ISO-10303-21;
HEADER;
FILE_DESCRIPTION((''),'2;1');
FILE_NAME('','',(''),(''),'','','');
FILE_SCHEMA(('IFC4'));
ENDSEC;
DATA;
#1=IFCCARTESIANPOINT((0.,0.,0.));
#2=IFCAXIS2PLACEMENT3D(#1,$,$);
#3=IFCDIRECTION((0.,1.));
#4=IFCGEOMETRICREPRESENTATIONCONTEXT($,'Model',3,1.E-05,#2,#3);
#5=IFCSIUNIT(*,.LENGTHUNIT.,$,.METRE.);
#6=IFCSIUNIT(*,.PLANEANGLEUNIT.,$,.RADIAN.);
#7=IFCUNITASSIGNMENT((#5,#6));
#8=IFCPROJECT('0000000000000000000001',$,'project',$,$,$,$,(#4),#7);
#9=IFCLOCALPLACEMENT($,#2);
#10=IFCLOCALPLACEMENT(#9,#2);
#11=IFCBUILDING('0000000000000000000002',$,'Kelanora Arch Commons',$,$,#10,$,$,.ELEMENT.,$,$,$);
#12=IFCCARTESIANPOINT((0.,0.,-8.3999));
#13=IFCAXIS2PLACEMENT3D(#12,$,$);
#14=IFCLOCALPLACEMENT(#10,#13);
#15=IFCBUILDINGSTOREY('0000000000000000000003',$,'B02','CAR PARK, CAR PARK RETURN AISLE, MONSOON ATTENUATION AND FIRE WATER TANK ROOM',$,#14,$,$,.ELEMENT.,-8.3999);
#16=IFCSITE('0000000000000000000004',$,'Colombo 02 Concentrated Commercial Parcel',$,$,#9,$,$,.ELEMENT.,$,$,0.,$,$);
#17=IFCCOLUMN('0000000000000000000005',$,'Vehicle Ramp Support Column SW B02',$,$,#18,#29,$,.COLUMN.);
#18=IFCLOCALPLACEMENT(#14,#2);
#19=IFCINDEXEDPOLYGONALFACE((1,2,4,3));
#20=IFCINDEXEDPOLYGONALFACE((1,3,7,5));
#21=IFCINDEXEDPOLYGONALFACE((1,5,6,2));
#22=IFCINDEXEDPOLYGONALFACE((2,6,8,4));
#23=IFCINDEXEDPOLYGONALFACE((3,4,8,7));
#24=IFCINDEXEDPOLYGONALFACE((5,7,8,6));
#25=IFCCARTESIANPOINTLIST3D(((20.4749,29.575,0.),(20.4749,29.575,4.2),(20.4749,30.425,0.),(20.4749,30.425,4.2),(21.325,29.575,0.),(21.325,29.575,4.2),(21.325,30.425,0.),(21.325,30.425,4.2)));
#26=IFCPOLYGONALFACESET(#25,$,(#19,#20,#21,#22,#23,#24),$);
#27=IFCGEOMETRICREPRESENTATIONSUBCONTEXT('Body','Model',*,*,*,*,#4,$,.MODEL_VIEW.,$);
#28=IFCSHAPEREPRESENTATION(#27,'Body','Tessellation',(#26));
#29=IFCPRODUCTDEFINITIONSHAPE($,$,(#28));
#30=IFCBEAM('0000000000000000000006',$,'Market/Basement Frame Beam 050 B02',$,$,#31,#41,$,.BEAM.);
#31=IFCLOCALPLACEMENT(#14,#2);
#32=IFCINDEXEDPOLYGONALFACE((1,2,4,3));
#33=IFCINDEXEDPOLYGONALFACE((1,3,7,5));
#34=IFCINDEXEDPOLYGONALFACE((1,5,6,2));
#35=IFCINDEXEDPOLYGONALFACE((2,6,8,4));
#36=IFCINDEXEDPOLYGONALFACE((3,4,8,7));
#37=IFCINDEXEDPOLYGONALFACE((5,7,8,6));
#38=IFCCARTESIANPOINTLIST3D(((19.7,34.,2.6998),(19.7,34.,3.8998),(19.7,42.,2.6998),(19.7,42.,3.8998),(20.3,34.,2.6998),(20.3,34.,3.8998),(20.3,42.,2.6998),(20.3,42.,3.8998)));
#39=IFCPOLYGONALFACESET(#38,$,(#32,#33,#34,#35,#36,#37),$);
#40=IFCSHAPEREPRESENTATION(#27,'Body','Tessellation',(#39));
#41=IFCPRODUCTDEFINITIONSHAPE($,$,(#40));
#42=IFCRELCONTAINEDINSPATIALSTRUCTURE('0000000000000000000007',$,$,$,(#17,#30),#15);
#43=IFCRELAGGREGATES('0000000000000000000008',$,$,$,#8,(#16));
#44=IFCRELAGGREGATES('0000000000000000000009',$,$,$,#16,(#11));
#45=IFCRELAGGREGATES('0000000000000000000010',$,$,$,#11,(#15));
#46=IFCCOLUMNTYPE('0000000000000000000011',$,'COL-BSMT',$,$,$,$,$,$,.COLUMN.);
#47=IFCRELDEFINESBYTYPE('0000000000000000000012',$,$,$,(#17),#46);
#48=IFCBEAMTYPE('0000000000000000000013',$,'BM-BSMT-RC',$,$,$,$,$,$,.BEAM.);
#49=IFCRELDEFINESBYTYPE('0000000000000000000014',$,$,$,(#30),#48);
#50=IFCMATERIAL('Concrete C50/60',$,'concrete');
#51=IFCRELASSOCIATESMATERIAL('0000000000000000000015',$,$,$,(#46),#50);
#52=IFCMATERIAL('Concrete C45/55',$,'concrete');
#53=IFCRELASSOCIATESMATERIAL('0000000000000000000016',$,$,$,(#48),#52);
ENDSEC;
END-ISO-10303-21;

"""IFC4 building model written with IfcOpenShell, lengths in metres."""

from ifc_helpers import new_model, si_unit, direction, frame, origin, origin_2d, place, context, subcontext, project, spatial, rectangle, extrude, material, material_profile, profile_set, type_object, element, save


model = new_model("IFC4")

# Units and contexts
model_context = context("Model", 3, precision=1e-05, world=origin(), true_north=direction((0.0, 1.0)))
body_context = subcontext(model_context, "Body", "Model", "MODEL_VIEW")
ifc_project = project(units=[si_unit("LENGTHUNIT", "METRE"), si_unit("PLANEANGLEUNIT", "RADIAN")], contexts=[model_context])

# Site, building, storey
site_placement = place(None, origin())
site = spatial("IfcSite", under=ifc_project, at=site_placement, Name="Colombo 02 Concentrated Commercial Parcel", CompositionType="ELEMENT", RefElevation=0.0)
building_placement = place(site_placement, origin())
building = spatial("IfcBuilding", under=site, at=building_placement, Name="Kelanora Arch Commons", CompositionType="ELEMENT")
storey_placement = place(building_placement, frame((0.0, 0.0, -8.3999)))
storey = spatial("IfcBuildingStorey", under=building, at=storey_placement, Name="B02", Description="CAR PARK, CAR PARK RETURN AISLE, MONSOON ATTENUATION AND FIRE WATER TANK ROOM", CompositionType="ELEMENT", Elevation=-8.3999)

# Shared definitions
ifc_material_1 = material(Name="Concrete C45/55", Category="concrete")

# Column
ifc_material_2 = material(Name="Concrete C50/60", Category="concrete")
ifc_material_profile_1 = material_profile(ifc_material_2, rectangle(XDim=0.8501, YDim=0.8501, at=origin_2d()), Name="RC850x850")
ifc_profile_set_1 = profile_set([ifc_material_profile_1], Name="Concrete C50/60")
column_type = type_object("IfcColumnType", Name="COL-BSMT", PredefinedType="COLUMN", material=ifc_profile_set_1)
for number, where, z_axis, x_axis, name in (
    (1, (20.8999, 30.0, 0.0), (0.0, 0.0, 1.0), (1.0, 0.0, 0.0), "Vehicle Ramp Support Column SW B02"),
):
    element("IfcColumn", number, at=place(storey_placement, frame(where, z_axis=z_axis, x_axis=x_axis)), inside=storey, type_object=column_type, Name=name, PredefinedType="COLUMN", context=body_context, shape_type="SweptSolid", body=[
        extrude(rectangle(XDim=0.8501, YDim=0.8501, at=origin_2d()), origin(), (0.0, 0.0, 1.0), 4.2),
    ])

# Beam
ifc_material_profile_2 = material_profile(ifc_material_1, rectangle(XDim=0.6001, YDim=1.2, at=origin_2d()), Name="RCB600x1200")
ifc_profile_set_2 = profile_set([ifc_material_profile_2], Name="Concrete C45/55")
beam_type = type_object("IfcBeamType", Name="BM-BSMT-RC", PredefinedType="BEAM", material=ifc_profile_set_2)
beam_placement = place(storey_placement, frame((20.0, 34.0, 3.2998), z_axis=(0.0, 1.0, 0.0), x_axis=(-1.0, 0.0, 0.0)))
element("IfcBeam", 2, at=beam_placement, inside=storey, type_object=beam_type, Name="Market/Basement Frame Beam 050 B02", PredefinedType="BEAM", context=body_context, shape_type="SweptSolid", body=[
    extrude(rectangle(XDim=0.6001, YDim=1.2, at=origin_2d()), origin(), (0.0, 0.0, 1.0), 8.0),
])

save(model, "model.ifc")
